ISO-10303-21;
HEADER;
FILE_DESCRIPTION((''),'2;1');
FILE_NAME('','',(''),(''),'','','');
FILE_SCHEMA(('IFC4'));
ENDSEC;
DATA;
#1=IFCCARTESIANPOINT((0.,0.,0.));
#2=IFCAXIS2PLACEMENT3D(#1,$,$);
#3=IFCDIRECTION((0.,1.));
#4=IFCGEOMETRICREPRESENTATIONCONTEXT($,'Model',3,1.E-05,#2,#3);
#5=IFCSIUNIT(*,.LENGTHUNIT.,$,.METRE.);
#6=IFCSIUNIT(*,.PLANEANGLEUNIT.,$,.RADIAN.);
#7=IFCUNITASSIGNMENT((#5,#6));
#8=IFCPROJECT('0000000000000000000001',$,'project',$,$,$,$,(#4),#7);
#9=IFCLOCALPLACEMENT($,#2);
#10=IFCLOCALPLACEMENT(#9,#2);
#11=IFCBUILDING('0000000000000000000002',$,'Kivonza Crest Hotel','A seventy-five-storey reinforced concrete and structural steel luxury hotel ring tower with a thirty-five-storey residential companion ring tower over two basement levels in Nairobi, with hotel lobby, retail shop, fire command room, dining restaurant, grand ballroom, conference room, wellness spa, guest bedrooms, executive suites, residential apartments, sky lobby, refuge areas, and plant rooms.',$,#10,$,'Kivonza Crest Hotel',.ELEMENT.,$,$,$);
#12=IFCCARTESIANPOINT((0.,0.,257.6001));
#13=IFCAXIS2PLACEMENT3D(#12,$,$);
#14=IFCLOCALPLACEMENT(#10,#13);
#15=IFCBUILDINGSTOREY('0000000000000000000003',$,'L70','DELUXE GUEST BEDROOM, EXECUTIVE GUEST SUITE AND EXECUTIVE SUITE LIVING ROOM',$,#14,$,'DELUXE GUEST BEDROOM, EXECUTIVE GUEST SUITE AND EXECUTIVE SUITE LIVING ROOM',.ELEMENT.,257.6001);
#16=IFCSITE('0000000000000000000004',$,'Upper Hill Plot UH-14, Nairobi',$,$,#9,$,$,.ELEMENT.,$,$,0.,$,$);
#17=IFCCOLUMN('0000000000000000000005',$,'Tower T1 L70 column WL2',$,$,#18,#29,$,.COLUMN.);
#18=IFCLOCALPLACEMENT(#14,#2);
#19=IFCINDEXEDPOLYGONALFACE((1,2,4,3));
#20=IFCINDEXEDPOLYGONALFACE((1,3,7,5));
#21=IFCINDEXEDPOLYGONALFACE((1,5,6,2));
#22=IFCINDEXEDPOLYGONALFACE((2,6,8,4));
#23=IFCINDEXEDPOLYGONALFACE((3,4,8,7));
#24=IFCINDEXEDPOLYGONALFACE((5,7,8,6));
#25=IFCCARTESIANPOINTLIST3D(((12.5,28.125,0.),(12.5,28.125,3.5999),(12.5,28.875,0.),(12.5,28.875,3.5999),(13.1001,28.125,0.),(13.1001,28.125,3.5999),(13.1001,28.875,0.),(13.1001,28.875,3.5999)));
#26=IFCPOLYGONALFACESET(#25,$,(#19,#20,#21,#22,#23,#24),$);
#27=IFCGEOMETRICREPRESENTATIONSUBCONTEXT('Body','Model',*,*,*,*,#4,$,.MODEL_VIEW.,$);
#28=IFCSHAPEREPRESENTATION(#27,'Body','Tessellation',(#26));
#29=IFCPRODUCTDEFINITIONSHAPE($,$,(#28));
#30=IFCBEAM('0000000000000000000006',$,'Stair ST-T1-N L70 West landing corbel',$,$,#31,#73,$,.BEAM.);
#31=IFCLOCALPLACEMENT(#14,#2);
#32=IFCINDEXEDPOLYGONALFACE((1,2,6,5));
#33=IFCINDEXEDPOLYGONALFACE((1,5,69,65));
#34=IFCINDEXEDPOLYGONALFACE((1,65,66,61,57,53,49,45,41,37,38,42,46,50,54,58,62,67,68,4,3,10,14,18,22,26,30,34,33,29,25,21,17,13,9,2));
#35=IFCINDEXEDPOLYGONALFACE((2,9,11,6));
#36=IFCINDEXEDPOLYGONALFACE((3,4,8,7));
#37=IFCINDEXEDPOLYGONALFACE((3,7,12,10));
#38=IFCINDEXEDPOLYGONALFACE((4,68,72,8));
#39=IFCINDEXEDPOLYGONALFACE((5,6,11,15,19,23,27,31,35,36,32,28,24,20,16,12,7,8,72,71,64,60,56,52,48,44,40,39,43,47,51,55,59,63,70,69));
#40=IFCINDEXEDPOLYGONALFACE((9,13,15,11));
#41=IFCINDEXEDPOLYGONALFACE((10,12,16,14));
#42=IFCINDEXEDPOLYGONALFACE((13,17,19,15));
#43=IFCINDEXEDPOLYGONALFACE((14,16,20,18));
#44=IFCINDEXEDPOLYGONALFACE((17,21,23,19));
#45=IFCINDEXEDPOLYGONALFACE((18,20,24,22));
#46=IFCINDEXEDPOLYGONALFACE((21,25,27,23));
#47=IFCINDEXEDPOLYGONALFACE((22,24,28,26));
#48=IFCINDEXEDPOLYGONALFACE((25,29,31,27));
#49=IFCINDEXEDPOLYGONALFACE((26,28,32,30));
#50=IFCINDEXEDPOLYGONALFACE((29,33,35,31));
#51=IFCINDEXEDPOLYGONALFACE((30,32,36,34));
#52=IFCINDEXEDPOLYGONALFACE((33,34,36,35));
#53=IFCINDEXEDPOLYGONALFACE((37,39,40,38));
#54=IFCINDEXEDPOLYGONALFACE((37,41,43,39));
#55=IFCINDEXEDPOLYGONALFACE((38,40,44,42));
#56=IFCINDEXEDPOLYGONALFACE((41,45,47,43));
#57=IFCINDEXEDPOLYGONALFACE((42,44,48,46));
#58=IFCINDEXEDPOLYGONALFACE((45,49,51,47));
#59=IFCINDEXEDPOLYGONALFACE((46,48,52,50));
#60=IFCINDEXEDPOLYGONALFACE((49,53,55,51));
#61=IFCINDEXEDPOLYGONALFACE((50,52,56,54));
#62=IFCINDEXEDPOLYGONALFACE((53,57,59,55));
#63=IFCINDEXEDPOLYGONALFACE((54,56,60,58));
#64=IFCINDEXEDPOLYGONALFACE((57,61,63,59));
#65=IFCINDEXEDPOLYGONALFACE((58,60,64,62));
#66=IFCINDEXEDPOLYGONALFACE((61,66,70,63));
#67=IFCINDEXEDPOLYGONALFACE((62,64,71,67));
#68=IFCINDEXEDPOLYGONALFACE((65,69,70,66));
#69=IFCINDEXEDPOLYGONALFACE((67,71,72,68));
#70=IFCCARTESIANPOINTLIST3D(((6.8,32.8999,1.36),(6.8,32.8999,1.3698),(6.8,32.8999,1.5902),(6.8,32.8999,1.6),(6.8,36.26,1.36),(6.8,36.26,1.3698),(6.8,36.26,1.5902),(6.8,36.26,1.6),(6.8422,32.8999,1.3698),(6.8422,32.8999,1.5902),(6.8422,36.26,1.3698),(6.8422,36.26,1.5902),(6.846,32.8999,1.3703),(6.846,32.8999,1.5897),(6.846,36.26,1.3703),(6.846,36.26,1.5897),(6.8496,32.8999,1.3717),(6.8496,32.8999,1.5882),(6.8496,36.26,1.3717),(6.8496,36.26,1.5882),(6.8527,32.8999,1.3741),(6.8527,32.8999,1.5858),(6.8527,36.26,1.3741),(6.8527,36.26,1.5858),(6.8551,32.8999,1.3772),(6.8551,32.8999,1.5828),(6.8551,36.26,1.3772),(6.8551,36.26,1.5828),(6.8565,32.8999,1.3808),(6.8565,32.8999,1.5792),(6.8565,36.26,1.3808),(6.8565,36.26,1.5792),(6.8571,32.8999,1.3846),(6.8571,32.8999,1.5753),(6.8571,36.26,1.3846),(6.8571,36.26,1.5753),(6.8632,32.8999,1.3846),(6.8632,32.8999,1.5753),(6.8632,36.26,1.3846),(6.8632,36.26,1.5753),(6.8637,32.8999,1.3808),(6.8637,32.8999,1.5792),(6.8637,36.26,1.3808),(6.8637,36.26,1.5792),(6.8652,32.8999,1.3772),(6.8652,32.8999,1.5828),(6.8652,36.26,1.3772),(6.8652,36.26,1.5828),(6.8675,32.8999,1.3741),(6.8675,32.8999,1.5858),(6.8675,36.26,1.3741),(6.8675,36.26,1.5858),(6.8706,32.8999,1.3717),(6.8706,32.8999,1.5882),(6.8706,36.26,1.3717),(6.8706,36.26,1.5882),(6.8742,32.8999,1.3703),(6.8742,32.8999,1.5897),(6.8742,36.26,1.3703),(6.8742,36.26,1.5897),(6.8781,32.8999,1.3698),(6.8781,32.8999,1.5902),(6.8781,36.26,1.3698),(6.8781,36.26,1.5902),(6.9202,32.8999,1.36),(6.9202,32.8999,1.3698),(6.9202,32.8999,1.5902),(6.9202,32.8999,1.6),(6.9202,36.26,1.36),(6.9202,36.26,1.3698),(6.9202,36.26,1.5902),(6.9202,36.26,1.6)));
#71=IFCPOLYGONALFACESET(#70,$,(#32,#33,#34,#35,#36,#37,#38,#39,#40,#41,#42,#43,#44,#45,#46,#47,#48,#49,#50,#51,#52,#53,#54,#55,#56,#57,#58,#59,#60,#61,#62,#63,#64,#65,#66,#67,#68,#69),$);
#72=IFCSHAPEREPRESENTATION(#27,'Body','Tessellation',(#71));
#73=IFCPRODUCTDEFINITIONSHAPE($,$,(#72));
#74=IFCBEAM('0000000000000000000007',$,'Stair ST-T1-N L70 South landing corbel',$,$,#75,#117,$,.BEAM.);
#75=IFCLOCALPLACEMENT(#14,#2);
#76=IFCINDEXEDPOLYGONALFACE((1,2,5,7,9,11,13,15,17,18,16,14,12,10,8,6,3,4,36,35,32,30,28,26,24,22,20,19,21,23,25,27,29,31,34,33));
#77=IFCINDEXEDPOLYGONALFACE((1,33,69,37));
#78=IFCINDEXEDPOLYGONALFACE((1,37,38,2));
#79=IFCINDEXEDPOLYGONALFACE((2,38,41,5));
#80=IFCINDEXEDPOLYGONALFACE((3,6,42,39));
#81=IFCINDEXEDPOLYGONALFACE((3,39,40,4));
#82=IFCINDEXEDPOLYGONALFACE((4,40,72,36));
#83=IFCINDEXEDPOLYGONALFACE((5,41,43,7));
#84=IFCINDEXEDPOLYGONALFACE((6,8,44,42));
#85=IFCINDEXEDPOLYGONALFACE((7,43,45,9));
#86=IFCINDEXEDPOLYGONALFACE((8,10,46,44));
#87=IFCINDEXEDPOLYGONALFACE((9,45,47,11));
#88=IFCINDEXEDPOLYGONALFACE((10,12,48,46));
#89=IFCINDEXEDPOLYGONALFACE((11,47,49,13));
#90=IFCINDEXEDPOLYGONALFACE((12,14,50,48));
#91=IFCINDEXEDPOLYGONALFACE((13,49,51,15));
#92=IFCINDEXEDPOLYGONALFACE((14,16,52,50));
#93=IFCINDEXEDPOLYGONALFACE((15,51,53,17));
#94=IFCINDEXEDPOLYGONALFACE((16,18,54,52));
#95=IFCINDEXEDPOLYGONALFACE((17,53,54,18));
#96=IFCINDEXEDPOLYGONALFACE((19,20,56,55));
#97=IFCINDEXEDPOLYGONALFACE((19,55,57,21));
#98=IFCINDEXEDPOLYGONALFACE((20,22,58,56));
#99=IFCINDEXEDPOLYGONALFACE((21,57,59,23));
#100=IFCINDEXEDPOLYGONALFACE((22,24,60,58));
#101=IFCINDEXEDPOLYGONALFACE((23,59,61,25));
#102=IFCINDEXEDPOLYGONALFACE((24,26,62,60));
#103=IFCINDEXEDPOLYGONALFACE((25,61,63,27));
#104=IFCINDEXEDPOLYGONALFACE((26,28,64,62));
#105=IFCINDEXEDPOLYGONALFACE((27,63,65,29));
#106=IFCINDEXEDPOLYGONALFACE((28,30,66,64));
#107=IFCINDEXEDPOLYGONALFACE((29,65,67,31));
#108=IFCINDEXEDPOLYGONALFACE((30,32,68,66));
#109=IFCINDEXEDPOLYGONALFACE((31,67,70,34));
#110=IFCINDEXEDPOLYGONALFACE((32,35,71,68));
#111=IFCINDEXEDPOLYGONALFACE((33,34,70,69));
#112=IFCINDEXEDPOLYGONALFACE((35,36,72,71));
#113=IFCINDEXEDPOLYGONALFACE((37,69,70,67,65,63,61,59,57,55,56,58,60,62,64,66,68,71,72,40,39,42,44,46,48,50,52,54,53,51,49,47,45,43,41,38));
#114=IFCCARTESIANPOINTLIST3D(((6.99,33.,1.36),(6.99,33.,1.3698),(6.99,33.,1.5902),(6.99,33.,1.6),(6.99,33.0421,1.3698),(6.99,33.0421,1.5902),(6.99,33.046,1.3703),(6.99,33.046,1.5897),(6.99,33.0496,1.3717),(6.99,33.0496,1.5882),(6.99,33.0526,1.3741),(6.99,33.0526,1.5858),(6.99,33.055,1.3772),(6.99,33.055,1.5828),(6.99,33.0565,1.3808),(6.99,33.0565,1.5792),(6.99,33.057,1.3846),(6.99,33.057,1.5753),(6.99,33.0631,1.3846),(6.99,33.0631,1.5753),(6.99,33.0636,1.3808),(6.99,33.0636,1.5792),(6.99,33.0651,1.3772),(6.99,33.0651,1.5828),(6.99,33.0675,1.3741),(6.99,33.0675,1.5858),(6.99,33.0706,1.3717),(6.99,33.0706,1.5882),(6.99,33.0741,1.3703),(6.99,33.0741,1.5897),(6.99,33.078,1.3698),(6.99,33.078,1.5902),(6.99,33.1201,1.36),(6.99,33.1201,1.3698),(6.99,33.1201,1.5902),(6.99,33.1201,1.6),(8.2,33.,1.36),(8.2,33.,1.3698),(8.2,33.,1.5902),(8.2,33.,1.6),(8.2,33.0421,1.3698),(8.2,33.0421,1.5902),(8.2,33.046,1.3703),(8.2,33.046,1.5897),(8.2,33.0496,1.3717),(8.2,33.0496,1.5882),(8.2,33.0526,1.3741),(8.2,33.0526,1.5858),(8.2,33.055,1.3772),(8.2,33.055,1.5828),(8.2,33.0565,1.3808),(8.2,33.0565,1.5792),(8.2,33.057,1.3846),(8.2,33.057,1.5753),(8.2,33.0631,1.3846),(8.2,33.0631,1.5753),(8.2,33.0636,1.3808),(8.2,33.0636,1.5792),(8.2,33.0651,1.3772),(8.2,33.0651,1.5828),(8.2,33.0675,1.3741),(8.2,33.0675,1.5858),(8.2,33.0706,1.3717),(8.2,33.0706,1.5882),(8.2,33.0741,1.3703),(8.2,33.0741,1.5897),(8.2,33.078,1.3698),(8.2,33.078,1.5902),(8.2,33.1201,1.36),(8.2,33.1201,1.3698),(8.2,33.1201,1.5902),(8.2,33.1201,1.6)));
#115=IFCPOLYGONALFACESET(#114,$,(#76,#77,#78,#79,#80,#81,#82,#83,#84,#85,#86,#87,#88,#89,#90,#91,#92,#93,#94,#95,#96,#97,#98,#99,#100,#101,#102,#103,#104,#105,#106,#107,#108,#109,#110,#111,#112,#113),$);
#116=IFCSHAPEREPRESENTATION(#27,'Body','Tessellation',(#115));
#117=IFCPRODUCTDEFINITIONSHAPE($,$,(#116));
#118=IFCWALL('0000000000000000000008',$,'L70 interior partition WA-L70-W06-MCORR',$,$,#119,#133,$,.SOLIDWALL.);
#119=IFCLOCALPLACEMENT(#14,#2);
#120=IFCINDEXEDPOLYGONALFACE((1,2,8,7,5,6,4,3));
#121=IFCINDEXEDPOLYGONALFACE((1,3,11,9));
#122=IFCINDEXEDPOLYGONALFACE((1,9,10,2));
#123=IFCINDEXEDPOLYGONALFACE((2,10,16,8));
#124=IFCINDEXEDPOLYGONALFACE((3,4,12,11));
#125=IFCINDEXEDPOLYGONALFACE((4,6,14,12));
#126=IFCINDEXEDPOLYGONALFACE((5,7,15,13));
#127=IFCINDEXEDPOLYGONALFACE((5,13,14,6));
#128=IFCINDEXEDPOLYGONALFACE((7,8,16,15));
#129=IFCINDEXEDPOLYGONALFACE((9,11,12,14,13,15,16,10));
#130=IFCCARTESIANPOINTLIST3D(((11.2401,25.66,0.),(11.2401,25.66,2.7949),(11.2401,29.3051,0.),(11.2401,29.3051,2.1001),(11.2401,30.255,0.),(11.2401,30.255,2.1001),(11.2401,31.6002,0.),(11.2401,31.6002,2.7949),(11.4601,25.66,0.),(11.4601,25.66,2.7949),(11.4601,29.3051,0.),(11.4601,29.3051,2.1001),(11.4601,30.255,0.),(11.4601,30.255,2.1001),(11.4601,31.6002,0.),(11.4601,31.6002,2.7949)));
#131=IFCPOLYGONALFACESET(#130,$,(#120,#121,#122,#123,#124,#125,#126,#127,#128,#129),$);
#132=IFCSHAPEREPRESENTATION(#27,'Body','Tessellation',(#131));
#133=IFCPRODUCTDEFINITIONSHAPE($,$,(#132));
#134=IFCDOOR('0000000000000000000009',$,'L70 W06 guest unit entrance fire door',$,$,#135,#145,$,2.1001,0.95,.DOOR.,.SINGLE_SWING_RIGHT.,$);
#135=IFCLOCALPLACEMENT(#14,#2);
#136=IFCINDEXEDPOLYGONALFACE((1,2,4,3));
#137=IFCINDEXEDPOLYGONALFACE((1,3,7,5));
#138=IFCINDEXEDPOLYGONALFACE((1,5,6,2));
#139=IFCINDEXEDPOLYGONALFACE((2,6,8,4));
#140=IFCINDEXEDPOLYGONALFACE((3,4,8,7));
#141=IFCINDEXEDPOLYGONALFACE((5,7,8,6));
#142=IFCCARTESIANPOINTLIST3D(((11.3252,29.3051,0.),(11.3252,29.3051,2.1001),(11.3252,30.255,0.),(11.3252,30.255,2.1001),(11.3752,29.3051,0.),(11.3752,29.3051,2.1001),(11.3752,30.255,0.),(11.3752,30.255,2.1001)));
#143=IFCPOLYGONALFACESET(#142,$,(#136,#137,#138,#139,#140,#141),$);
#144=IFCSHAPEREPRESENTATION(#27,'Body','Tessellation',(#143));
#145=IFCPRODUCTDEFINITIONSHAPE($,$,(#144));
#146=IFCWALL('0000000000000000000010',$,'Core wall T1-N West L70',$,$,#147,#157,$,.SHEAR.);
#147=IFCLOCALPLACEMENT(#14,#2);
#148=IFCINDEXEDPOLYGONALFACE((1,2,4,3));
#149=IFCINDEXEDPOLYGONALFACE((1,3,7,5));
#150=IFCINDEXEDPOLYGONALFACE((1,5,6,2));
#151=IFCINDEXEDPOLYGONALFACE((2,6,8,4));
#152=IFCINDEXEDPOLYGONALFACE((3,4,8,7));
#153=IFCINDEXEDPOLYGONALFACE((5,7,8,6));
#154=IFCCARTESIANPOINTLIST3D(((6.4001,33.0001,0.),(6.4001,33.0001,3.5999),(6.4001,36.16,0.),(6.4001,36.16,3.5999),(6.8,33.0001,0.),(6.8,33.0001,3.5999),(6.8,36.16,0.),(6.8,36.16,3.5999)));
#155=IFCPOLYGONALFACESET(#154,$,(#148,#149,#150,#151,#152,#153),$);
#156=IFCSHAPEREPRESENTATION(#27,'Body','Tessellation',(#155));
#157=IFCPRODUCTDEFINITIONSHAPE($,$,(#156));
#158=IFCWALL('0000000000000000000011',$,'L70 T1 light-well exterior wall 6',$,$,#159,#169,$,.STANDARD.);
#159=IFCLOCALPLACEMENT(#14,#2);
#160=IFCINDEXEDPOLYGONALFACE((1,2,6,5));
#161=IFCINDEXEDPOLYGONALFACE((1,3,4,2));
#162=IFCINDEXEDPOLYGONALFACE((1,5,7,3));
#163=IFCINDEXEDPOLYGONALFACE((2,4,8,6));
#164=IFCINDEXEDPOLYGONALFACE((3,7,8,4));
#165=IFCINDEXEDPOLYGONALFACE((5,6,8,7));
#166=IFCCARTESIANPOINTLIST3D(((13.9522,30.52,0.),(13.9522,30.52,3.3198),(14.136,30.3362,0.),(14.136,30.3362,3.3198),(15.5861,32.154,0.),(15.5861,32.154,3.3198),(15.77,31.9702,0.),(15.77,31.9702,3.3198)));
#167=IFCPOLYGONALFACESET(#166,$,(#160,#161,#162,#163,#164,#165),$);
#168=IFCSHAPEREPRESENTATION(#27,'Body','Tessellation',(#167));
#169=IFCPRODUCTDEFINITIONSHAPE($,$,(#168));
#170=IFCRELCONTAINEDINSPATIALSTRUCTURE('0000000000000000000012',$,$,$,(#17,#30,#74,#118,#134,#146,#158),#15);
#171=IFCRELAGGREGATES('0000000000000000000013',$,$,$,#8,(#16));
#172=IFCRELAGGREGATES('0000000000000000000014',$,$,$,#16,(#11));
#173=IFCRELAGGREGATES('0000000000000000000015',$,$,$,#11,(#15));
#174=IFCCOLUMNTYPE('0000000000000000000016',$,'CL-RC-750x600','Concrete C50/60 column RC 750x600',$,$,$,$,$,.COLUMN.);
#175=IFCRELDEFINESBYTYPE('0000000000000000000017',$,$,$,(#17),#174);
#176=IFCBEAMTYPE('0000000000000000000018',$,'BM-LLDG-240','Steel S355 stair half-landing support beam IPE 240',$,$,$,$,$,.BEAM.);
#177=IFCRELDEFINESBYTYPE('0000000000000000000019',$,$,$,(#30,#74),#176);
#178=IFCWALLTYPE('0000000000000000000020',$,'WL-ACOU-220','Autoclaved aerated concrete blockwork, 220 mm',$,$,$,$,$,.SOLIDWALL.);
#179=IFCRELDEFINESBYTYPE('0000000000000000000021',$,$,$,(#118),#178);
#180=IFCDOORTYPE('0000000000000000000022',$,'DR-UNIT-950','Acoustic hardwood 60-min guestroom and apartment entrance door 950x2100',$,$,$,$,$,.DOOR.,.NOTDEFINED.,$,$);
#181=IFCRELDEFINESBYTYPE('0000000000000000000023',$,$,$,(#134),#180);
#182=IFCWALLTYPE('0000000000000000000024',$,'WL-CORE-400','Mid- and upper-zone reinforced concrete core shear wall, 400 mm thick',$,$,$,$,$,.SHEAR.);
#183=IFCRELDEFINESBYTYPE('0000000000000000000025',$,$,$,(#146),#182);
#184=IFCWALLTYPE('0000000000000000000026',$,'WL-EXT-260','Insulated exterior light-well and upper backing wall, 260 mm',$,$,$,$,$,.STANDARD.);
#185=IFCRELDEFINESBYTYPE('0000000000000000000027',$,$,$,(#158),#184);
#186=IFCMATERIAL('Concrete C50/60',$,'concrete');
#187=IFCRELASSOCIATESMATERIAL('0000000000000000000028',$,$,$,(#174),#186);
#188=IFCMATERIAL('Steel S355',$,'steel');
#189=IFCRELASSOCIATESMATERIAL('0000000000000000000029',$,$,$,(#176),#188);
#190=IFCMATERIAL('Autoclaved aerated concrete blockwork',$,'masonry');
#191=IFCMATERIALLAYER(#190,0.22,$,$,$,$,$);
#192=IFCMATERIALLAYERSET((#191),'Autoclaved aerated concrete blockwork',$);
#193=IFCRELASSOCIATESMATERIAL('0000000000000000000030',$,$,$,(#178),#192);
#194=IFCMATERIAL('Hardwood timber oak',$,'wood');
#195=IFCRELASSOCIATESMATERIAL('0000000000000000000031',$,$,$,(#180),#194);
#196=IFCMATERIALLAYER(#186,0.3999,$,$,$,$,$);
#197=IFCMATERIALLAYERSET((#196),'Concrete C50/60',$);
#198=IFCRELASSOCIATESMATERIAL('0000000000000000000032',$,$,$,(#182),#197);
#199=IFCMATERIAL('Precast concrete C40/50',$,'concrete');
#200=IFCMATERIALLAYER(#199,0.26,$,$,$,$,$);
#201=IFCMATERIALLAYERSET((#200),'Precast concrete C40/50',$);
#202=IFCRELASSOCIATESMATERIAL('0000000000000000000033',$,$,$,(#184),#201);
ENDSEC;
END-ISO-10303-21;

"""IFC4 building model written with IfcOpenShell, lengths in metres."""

from ifc_helpers import new_model, si_unit, direction, frame, frame_2d, origin, origin_2d, place, context, subcontext, project, spatial, rectangle, i_section, extrude, material, layer, layer_set, material_profile, profile_set, type_object, element, fill, save


model = new_model("IFC4")

# Units and contexts
model_context = context("Model", 3, precision=1e-05, world=origin(), true_north=direction((0.0, 1.0)))
body_context = subcontext(model_context, "Body", "Model", "MODEL_VIEW")
ifc_project = project(units=[si_unit("LENGTHUNIT", "METRE"), si_unit("PLANEANGLEUNIT", "RADIAN")], contexts=[model_context])

# Site, building, storey
site_placement = place(None, origin())
site = spatial("IfcSite", under=ifc_project, at=site_placement, Name="Upper Hill Plot UH-14, Nairobi", CompositionType="ELEMENT", RefElevation=0.0)
building_placement = place(site_placement, origin())
building = spatial("IfcBuilding", under=site, at=building_placement, Name="Kivonza Crest Hotel", Description="A seventy-five-storey reinforced concrete and structural steel luxury hotel ring tower with a thirty-five-storey residential companion ring tower over two basement levels in Nairobi, with hotel lobby, retail shop, fire command room, dining restaurant, grand ballroom, conference room, wellness spa, guest bedrooms, executive suites, residential apartments, sky lobby, refuge areas, and plant rooms.", LongName="Kivonza Crest Hotel", CompositionType="ELEMENT")
storey_placement = place(building_placement, frame((0.0, 0.0, 257.6001)))
storey = spatial("IfcBuildingStorey", under=building, at=storey_placement, Name="L70", Description="DELUXE GUEST BEDROOM, EXECUTIVE GUEST SUITE AND EXECUTIVE SUITE LIVING ROOM", LongName="DELUXE GUEST BEDROOM, EXECUTIVE GUEST SUITE AND EXECUTIVE SUITE LIVING ROOM", CompositionType="ELEMENT", Elevation=257.6001)

# Column
ifc_material_1 = material(Name="Concrete C50/60", Category="concrete")
ifc_material_profile_1 = material_profile(ifc_material_1, rectangle(XDim=0.6001, YDim=0.75, at=origin_2d()), Name="RC 750x600")
ifc_profile_set_1 = profile_set([ifc_material_profile_1], Name="Concrete C50/60")
column_type = type_object("IfcColumnType", Name="CL-RC-750x600", Description="Concrete C50/60 column RC 750x600", PredefinedType="COLUMN", material=ifc_profile_set_1)
column_placement = place(storey_placement, frame((12.8, 28.5, 0.0), z_axis=(0.0, 0.0, 1.0), x_axis=(1.0, 0.0, 0.0)))
element("IfcColumn", 1, at=column_placement, inside=storey, type_object=column_type, Name="Tower T1 L70 column WL2", PredefinedType="COLUMN", context=body_context, shape_type="SweptSolid", body=[
    extrude(rectangle(XDim=0.6001, YDim=0.75, at=origin_2d()), origin(), (0.0, 0.0, 1.0), 3.5999),
])

# Beams
ifc_material_2 = material(Name="Steel S355", Category="steel")
ifc_material_profile_2 = material_profile(ifc_material_2, i_section(OverallWidth=0.1201, OverallDepth=0.24, WebThickness=0.0061, FlangeThickness=0.0098, FilletRadius=0.0149, at=origin_2d()), Name="IPE 240")
ifc_profile_set_2 = profile_set([ifc_material_profile_2], Name="Steel S355")
beam_type = type_object("IfcBeamType", Name="BM-LLDG-240", Description="Steel S355 stair half-landing support beam IPE 240", PredefinedType="BEAM", material=ifc_profile_set_2)
beam_1_placement = place(storey_placement, frame((6.8601, 32.8999, 1.48), z_axis=(0.0, 1.0, 0.0), x_axis=(-1.0, 0.0, 0.0)))
element("IfcBeam", 2, at=beam_1_placement, inside=storey, type_object=beam_type, Name="Stair ST-T1-N L70 West landing corbel", PredefinedType="BEAM", context=body_context, shape_type="SweptSolid", body=[
    extrude(i_section(OverallWidth=0.1201, OverallDepth=0.24, WebThickness=0.0061, FlangeThickness=0.0098, FilletRadius=0.0149, at=origin_2d()), origin(), (0.0, 0.0, 1.0), 3.3601),
])
beam_2_placement = place(storey_placement, frame((6.99, 33.0601, 1.48), z_axis=(1.0, 0.0, 0.0), x_axis=(0.0, 1.0, 0.0)))
element("IfcBeam", 3, at=beam_2_placement, inside=storey, type_object=beam_type, Name="Stair ST-T1-N L70 South landing corbel", PredefinedType="BEAM", context=body_context, shape_type="SweptSolid", body=[
    extrude(i_section(OverallWidth=0.1201, OverallDepth=0.24, WebThickness=0.0061, FlangeThickness=0.0098, FilletRadius=0.0149, at=origin_2d()), origin(), (0.0, 0.0, 1.0), 1.21),
])

# Wall, opening, door
ifc_material_3 = material(Name="Autoclaved aerated concrete blockwork", Category="masonry")
ifc_layer_1 = layer(ifc_material_3, 0.22)
ifc_layer_set_1 = layer_set([ifc_layer_1], Name="Autoclaved aerated concrete blockwork")
wall_type_1 = type_object("IfcWallType", Name="WL-ACOU-220", Description="Autoclaved aerated concrete blockwork, 220 mm", PredefinedType="SOLIDWALL", material=ifc_layer_set_1)
wall_1_placement = place(storey_placement, frame((11.3501, 25.6599, 0.0), z_axis=(0.0, 0.0, 1.0), x_axis=(0.0, 1.0, 0.0)))
wall_1 = element("IfcWall", 4, at=wall_1_placement, inside=storey, type_object=wall_type_1, Name="L70 interior partition WA-L70-W06-MCORR", PredefinedType="SOLIDWALL", context=body_context, shape_type="SweptSolid", body=[
    extrude(rectangle(XDim=5.9402, YDim=0.22, at=frame_2d((2.9702, 0.0))), origin(), (0.0, 0.0, 1.0), 2.7949),
])
opening_1_placement = place(wall_1_placement, frame((3.645, 0.0, 0.0)))
opening_1 = element("IfcOpeningElement", 5, at=opening_1_placement, cuts=wall_1, PredefinedType="OPENING", context=body_context, shape_type="SweptSolid", body=[
    extrude(rectangle(XDim=0.95, YDim=2.1001, at=frame_2d((0.4751, 1.05))), frame((0.0, 0.1201, 0.0), z_axis=(0.0, -1.0, 0.0), x_axis=(1.0, 0.0, 0.0)), (0.0, 0.0, 1.0), 0.24),
])
ifc_material_4 = material(Name="Hardwood timber oak", Category="wood")
door_type_1 = type_object("IfcDoorType", Name="DR-UNIT-950", Description="Acoustic hardwood 60-min guestroom and apartment entrance door 950x2100", OperationType="NOTDEFINED", PredefinedType="DOOR", material=ifc_material_4)
door_1_placement = place(opening_1_placement, origin())
door_1 = element("IfcDoor", 6, at=door_1_placement, inside=storey, type_object=door_type_1, Name="L70 W06 guest unit entrance fire door", OperationType="SINGLE_SWING_RIGHT", OverallHeight=2.1001, OverallWidth=0.95, PredefinedType="DOOR", context=body_context, shape_type="SweptSolid", body=[
    extrude(rectangle(XDim=0.95, YDim=2.1001, at=frame_2d((0.4751, 1.05))), frame((0.0, 0.0249, 0.0), z_axis=(0.0, -1.0, 0.0), x_axis=(1.0, 0.0, 0.0)), (0.0, 0.0, 1.0), 0.05),
])
fill(opening_1, door_1)

# Walls
ifc_layer_2 = layer(ifc_material_1, 0.3999)
ifc_layer_set_2 = layer_set([ifc_layer_2], Name="Concrete C50/60")
wall_type_2 = type_object("IfcWallType", Name="WL-CORE-400", Description="Mid- and upper-zone reinforced concrete core shear wall, 400 mm thick", PredefinedType="SHEAR", material=ifc_layer_set_2)
wall_2_placement = place(storey_placement, frame((6.6001, 33.0, 0.0), z_axis=(0.0, 0.0, 1.0), x_axis=(0.0, 1.0, 0.0)))
element("IfcWall", 7, at=wall_2_placement, inside=storey, type_object=wall_type_2, Name="Core wall T1-N West L70", PredefinedType="SHEAR", context=body_context, shape_type="SweptSolid", body=[
    extrude(rectangle(XDim=3.1599, YDim=0.3999, at=frame_2d((1.5801, 0.0))), origin(), (0.0, 0.0, 1.0), 3.5999),
])
ifc_material_5 = material(Name="Precast concrete C40/50", Category="concrete")
ifc_layer_3 = layer(ifc_material_5, 0.26)
ifc_layer_set_3 = layer_set([ifc_layer_3], Name="Precast concrete C40/50")
wall_type_3 = type_object("IfcWallType", Name="WL-EXT-260", Description="Insulated exterior light-well and upper backing wall, 260 mm", PredefinedType="STANDARD", material=ifc_layer_set_3)
wall_3_placement = place(storey_placement, frame((15.678, 32.062, 0.0), z_axis=(0.0, 0.0, 1.0), x_axis=(-0.707107, -0.707107, 0.0)))
element("IfcWall", 8, at=wall_3_placement, inside=storey, type_object=wall_type_3, Name="L70 T1 light-well exterior wall 6", PredefinedType="STANDARD", context=body_context, shape_type="SweptSolid", body=[
    extrude(rectangle(XDim=2.3108, YDim=0.26, at=frame_2d((1.1553, 0.0))), origin(), (0.0, 0.0, 1.0), 3.3198),
])

save(model, "model.ifc")
